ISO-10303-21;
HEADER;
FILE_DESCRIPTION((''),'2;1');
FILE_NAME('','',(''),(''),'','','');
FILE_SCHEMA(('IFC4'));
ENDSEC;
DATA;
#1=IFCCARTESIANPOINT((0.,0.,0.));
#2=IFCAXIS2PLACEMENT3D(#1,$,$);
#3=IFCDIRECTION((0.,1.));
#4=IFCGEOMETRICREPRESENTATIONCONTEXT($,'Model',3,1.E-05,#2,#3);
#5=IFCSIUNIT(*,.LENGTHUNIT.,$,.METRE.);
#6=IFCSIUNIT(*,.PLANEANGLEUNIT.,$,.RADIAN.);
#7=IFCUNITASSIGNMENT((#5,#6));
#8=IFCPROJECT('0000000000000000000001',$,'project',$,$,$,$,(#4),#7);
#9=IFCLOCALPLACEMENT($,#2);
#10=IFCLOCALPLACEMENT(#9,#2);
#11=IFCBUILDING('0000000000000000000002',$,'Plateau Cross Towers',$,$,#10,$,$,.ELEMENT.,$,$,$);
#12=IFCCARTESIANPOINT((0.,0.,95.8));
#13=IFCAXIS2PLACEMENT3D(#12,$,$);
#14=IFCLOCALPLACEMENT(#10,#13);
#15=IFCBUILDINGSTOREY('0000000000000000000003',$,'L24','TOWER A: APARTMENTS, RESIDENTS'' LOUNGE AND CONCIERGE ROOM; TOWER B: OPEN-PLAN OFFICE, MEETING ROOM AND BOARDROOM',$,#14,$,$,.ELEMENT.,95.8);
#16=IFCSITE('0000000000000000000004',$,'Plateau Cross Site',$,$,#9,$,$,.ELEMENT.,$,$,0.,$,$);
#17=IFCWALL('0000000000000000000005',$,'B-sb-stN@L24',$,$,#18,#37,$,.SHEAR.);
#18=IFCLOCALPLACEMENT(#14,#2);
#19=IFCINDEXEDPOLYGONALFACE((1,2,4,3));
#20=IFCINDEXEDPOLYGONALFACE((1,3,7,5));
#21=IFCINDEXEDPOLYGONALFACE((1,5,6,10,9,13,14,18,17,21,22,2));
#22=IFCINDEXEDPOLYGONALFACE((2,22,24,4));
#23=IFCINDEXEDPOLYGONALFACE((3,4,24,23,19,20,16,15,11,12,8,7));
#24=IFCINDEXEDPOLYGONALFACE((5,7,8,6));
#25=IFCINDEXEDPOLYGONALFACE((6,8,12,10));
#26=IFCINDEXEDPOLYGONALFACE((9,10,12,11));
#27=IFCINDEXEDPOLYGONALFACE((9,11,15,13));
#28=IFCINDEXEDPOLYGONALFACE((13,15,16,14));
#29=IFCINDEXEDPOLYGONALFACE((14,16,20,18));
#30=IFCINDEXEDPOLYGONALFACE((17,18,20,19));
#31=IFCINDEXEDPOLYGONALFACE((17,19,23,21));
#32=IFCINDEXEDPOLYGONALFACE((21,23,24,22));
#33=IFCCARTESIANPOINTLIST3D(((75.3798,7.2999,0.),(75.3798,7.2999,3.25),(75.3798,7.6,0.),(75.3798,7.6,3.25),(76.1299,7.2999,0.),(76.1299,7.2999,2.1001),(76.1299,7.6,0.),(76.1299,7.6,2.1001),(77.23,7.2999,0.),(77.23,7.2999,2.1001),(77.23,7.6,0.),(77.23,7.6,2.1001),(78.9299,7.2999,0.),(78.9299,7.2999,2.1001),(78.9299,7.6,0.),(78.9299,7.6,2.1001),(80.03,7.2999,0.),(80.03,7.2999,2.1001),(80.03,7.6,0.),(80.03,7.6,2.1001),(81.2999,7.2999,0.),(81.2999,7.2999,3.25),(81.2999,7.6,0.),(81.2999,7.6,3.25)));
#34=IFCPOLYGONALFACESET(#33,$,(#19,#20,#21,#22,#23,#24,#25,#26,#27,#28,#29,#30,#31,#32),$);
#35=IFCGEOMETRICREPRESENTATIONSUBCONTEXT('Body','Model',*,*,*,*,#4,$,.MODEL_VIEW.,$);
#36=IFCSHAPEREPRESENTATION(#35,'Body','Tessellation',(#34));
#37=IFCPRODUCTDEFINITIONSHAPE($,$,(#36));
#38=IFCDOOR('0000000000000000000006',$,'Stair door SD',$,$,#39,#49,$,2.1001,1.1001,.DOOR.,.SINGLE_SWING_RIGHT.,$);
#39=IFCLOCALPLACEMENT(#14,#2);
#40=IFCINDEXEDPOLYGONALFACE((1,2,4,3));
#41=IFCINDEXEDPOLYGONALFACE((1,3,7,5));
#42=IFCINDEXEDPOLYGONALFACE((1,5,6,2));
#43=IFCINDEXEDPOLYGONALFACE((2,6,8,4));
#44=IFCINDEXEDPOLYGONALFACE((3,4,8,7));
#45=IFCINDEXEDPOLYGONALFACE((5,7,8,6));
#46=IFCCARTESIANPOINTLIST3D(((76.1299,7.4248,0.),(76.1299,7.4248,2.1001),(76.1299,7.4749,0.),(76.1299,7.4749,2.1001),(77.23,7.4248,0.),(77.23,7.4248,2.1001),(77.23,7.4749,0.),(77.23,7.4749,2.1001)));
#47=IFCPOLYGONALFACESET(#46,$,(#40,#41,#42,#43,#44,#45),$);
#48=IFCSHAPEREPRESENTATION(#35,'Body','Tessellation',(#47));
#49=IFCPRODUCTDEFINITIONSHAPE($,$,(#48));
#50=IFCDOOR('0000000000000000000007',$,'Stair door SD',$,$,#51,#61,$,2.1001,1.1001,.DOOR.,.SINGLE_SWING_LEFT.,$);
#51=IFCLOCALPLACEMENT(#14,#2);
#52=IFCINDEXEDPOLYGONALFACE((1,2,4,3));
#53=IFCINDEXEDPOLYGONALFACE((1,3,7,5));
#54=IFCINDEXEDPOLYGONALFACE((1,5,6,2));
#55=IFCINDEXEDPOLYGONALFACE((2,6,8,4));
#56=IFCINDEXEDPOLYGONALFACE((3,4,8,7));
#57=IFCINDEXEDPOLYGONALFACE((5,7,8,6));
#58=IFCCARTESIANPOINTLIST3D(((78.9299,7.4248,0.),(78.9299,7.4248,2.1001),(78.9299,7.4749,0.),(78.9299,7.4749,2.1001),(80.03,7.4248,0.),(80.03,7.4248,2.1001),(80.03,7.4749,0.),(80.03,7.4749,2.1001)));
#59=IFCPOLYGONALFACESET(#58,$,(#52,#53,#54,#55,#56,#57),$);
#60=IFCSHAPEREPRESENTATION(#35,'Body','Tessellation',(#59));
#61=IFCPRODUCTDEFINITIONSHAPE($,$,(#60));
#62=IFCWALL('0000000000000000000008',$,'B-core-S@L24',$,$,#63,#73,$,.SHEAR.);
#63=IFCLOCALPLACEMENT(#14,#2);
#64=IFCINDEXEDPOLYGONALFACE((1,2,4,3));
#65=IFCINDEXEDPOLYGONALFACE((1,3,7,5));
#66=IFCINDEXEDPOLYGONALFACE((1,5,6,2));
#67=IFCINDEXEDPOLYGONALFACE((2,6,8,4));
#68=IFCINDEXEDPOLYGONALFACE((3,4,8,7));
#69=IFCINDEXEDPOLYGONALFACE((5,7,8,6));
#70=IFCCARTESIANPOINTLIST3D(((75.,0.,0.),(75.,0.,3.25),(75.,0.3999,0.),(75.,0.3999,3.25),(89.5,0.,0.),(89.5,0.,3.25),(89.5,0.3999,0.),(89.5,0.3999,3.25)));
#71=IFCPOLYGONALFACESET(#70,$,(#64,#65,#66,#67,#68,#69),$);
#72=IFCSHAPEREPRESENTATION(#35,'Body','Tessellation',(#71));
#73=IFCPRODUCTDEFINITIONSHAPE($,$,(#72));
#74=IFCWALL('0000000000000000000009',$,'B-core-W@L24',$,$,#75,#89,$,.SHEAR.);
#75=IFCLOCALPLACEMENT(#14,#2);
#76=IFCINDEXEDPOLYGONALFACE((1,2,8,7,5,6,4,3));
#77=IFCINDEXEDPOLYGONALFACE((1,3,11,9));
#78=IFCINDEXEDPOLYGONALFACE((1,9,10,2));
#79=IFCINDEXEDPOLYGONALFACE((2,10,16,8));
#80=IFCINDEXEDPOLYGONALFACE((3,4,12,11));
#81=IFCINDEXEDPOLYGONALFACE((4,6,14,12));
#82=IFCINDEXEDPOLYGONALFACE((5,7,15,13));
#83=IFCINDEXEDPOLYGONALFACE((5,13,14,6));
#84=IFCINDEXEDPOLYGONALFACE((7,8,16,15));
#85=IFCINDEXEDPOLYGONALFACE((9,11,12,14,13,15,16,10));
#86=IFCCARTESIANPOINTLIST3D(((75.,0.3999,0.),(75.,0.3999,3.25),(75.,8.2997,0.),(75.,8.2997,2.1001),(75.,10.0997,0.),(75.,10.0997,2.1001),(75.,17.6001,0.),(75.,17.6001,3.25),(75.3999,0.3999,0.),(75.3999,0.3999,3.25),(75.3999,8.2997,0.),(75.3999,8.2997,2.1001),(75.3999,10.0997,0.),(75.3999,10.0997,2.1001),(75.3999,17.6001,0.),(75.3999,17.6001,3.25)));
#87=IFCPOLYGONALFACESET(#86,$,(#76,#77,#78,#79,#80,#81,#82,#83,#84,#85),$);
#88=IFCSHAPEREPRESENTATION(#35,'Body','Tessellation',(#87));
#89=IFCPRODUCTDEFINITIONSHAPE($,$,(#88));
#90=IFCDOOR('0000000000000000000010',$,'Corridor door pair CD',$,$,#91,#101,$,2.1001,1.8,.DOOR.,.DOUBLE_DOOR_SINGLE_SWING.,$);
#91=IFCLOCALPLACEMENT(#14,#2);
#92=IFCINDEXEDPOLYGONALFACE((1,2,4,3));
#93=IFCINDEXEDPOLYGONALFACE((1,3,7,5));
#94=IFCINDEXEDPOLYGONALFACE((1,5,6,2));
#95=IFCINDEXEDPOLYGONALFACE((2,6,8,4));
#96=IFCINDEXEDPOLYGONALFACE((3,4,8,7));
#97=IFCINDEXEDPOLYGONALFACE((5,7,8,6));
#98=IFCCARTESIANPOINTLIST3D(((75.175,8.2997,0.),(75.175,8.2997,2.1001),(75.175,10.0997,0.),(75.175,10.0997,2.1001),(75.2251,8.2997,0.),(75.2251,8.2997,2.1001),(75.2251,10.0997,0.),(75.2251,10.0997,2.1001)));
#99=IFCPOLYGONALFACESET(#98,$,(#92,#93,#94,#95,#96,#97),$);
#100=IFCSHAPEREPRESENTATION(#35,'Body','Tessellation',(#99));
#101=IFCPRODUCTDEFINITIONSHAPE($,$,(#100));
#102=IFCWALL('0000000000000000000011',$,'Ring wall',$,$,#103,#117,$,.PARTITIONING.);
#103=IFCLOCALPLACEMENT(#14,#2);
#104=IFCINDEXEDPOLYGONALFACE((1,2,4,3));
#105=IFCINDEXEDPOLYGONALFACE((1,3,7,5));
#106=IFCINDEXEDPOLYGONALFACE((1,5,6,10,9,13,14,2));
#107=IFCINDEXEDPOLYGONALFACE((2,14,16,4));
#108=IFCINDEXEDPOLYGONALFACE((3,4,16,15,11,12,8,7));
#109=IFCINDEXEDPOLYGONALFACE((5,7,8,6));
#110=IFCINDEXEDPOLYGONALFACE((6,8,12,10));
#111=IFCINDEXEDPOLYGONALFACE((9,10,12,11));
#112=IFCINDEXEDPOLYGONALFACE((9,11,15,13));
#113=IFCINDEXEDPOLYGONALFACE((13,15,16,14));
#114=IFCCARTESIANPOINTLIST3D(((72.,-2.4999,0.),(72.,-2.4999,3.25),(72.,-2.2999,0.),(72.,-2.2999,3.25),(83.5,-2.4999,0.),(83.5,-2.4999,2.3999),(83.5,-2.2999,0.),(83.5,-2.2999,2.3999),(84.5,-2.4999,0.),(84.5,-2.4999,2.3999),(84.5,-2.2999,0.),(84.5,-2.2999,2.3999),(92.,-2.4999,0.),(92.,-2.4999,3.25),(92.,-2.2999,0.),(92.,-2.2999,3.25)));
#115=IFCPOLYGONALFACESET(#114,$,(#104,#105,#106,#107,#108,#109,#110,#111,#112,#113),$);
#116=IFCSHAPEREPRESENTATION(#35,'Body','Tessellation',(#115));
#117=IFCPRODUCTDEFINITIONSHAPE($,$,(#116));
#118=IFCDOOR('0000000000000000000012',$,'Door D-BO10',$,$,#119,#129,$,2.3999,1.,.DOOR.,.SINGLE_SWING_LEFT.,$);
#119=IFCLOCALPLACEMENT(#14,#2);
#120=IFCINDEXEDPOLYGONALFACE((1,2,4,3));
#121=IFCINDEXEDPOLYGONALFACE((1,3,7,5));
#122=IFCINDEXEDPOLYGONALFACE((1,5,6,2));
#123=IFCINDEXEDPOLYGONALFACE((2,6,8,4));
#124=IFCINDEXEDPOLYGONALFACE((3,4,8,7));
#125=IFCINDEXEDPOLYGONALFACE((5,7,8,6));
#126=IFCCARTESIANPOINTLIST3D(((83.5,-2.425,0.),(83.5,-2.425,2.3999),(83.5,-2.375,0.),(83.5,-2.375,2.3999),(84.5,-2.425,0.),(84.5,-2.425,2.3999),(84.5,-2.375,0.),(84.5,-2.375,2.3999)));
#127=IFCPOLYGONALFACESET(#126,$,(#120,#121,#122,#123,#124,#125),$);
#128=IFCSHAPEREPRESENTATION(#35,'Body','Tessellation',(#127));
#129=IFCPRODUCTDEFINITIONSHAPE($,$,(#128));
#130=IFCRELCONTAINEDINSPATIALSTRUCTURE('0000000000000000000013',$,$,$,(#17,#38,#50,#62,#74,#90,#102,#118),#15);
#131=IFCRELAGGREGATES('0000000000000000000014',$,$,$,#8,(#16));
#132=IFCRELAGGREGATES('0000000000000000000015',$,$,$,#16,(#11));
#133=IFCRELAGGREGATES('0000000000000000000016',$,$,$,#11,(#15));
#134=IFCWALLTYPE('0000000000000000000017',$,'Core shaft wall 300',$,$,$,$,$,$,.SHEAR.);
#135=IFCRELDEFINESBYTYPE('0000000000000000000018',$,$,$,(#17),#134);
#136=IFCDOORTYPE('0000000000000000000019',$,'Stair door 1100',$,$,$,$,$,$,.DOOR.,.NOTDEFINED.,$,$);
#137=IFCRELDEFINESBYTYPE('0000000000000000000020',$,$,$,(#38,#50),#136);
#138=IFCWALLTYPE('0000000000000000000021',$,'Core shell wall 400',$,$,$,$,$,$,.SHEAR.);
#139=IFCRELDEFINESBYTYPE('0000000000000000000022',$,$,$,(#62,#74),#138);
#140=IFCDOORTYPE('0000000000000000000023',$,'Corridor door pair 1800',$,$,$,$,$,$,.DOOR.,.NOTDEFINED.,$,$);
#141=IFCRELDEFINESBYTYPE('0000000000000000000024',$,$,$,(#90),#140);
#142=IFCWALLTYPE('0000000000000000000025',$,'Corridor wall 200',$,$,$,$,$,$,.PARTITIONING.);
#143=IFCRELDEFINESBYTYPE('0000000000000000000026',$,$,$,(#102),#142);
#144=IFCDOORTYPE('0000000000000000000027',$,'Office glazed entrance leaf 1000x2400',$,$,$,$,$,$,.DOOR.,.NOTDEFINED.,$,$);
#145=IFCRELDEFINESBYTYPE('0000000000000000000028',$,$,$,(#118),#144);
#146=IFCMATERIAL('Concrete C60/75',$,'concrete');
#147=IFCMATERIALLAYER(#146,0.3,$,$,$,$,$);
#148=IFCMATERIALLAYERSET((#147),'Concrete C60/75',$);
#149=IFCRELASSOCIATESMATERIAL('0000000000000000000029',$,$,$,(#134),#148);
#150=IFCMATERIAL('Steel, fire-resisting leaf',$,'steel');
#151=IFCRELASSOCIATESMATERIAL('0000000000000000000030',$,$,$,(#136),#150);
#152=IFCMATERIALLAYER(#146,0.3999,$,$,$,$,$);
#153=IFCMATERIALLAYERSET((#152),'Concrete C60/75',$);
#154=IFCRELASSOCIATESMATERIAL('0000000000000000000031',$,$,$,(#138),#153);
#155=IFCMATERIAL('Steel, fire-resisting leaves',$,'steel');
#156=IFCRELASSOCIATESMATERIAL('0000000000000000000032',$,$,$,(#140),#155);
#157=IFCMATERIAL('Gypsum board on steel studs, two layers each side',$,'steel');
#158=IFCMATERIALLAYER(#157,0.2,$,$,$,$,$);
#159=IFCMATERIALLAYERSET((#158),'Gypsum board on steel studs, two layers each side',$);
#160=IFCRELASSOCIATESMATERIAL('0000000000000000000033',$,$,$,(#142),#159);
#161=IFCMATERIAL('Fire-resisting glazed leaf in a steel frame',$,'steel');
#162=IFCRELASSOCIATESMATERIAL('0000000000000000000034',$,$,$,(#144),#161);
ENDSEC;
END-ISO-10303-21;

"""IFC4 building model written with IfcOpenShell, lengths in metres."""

from ifc_helpers import new_model, si_unit, direction, frame, frame_2d, origin, place, context, subcontext, project, spatial, rectangle, extrude, material, layer, layer_set, type_object, element, fill, save


model = new_model("IFC4")

# Units and contexts
model_context = context("Model", 3, precision=1e-05, world=origin(), true_north=direction((0.0, 1.0)))
body_context = subcontext(model_context, "Body", "Model", "MODEL_VIEW")
ifc_project = project(units=[si_unit("LENGTHUNIT", "METRE"), si_unit("PLANEANGLEUNIT", "RADIAN")], contexts=[model_context])

# Site, building, storey
site_placement = place(None, origin())
site = spatial("IfcSite", under=ifc_project, at=site_placement, Name="Plateau Cross Site", CompositionType="ELEMENT", RefElevation=0.0)
building_placement = place(site_placement, origin())
building = spatial("IfcBuilding", under=site, at=building_placement, Name="Plateau Cross Towers", CompositionType="ELEMENT")
storey_placement = place(building_placement, frame((0.0, 0.0, 95.8)))
storey = spatial("IfcBuildingStorey", under=building, at=storey_placement, Name="L24", Description="TOWER A: APARTMENTS, RESIDENTS' LOUNGE AND CONCIERGE ROOM; TOWER B: OPEN-PLAN OFFICE, MEETING ROOM AND BOARDROOM", CompositionType="ELEMENT", Elevation=95.8)

# Shared definitions
ifc_material_1 = material(Name="Concrete C60/75", Category="concrete")

# Shared definitions
ifc_layer_1 = layer(ifc_material_1, 0.3)
ifc_layer_set_1 = layer_set([ifc_layer_1], Name="Concrete C60/75")
wall_type_1 = type_object("IfcWallType", Name="Core shaft wall 300", PredefinedType="SHEAR", material=ifc_layer_set_1)

# Wall, openings, doors
wall_1_placement = place(storey_placement, frame((75.3799, 7.45, 0.0), z_axis=(0.0, 0.0, 1.0), x_axis=(1.0, 0.0, 0.0)))
wall_1 = element("IfcWall", 1, at=wall_1_placement, inside=storey, type_object=wall_type_1, Name="B-sb-stN@L24", PredefinedType="SHEAR", context=body_context, shape_type="SweptSolid", body=[
    extrude(rectangle(XDim=5.9202, YDim=0.3, at=frame_2d((2.96, 0.0))), origin(), (0.0, 0.0, 1.0), 3.25),
])
opening_1_placement = place(wall_1_placement, frame((0.75, 0.0, 0.0)))
opening_1 = element("IfcOpeningElement", 2, at=opening_1_placement, cuts=wall_1, PredefinedType="OPENING", context=body_context, shape_type="SweptSolid", body=[
    extrude(rectangle(XDim=1.1001, YDim=2.1001, at=frame_2d((0.55, 1.05))), frame((0.0, 0.1599, 0.0), z_axis=(0.0, -1.0, 0.0), x_axis=(1.0, 0.0, 0.0)), (0.0, 0.0, 1.0), 0.3201),
])
opening_2_placement = place(wall_1_placement, frame((3.55, 0.0, 0.0)))
opening_2 = element("IfcOpeningElement", 3, at=opening_2_placement, cuts=wall_1, PredefinedType="OPENING", context=body_context, shape_type="SweptSolid", body=[
    extrude(rectangle(XDim=1.1001, YDim=2.1001, at=frame_2d((0.55, 1.05))), frame((0.0, 0.1599, 0.0), z_axis=(0.0, -1.0, 0.0), x_axis=(1.0, 0.0, 0.0)), (0.0, 0.0, 1.0), 0.3201),
])
ifc_material_2 = material(Name="Steel, fire-resisting leaf", Category="steel")
door_type_1 = type_object("IfcDoorType", Name="Stair door 1100", OperationType="NOTDEFINED", PredefinedType="DOOR", material=ifc_material_2)
door_1_placement = place(opening_1_placement, origin())
door_1 = element("IfcDoor", 4, at=door_1_placement, inside=storey, type_object=door_type_1, Name="Stair door SD", OperationType="SINGLE_SWING_RIGHT", OverallHeight=2.1001, OverallWidth=1.1001, PredefinedType="DOOR", context=body_context, shape_type="SweptSolid", body=[
    extrude(rectangle(XDim=1.1001, YDim=2.1001, at=frame_2d((0.55, 1.05))), frame((0.0, 0.0249, 0.0), z_axis=(0.0, -1.0, 0.0), x_axis=(1.0, 0.0, 0.0)), (0.0, 0.0, 1.0), 0.05),
])
fill(opening_1, door_1)
door_2_placement = place(opening_2_placement, origin())
door_2 = element("IfcDoor", 5, at=door_2_placement, inside=storey, type_object=door_type_1, Name="Stair door SD", OperationType="SINGLE_SWING_LEFT", OverallHeight=2.1001, OverallWidth=1.1001, PredefinedType="DOOR", context=body_context, shape_type="SweptSolid", body=[
    extrude(rectangle(XDim=1.1001, YDim=2.1001, at=frame_2d((0.55, 1.05))), frame((0.0, 0.0249, 0.0), z_axis=(0.0, -1.0, 0.0), x_axis=(1.0, 0.0, 0.0)), (0.0, 0.0, 1.0), 0.05),
])
fill(opening_2, door_2)

# Wall
ifc_layer_2 = layer(ifc_material_1, 0.3999)
ifc_layer_set_2 = layer_set([ifc_layer_2], Name="Concrete C60/75")
wall_type_2 = type_object("IfcWallType", Name="Core shell wall 400", PredefinedType="SHEAR", material=ifc_layer_set_2)
wall_2_placement = place(storey_placement, frame((75.0, 0.2, 0.0), z_axis=(0.0, 0.0, 1.0), x_axis=(1.0, 0.0, 0.0)))
element("IfcWall", 6, at=wall_2_placement, inside=storey, type_object=wall_type_2, Name="B-core-S@L24", PredefinedType="SHEAR", context=body_context, shape_type="SweptSolid", body=[
    extrude(rectangle(XDim=14.5, YDim=0.3999, at=frame_2d((7.25, 0.0))), origin(), (0.0, 0.0, 1.0), 3.25),
])

# Walls, openings, doors
wall_3_placement = place(storey_placement, frame((75.2, 0.3999, 0.0), z_axis=(0.0, 0.0, 1.0), x_axis=(0.0, 1.0, 0.0)))
wall_3 = element("IfcWall", 7, at=wall_3_placement, inside=storey, type_object=wall_type_2, Name="B-core-W@L24", PredefinedType="SHEAR", context=body_context, shape_type="SweptSolid", body=[
    extrude(rectangle(XDim=17.2002, YDim=0.3999, at=frame_2d((8.6001, 0.0))), origin(), (0.0, 0.0, 1.0), 3.25),
])
opening_3_placement = place(wall_3_placement, frame((7.8999, 0.0, 0.0)))
opening_3 = element("IfcOpeningElement", 8, at=opening_3_placement, cuts=wall_3, PredefinedType="OPENING", context=body_context, shape_type="SweptSolid", body=[
    extrude(rectangle(XDim=1.8, YDim=2.1001, at=frame_2d((0.8999, 1.05))), frame((0.0, 0.21, 0.0), z_axis=(0.0, -1.0, 0.0), x_axis=(1.0, 0.0, 0.0)), (0.0, 0.0, 1.0), 0.4199),
])
ifc_material_3 = material(Name="Steel, fire-resisting leaves", Category="steel")
door_type_2 = type_object("IfcDoorType", Name="Corridor door pair 1800", OperationType="NOTDEFINED", PredefinedType="DOOR", material=ifc_material_3)
door_3_placement = place(opening_3_placement, origin())
door_3 = element("IfcDoor", 9, at=door_3_placement, inside=storey, type_object=door_type_2, Name="Corridor door pair CD", OperationType="DOUBLE_DOOR_SINGLE_SWING", OverallHeight=2.1001, OverallWidth=1.8, PredefinedType="DOOR", context=body_context, shape_type="SweptSolid", body=[
    extrude(rectangle(XDim=1.8, YDim=2.1001, at=frame_2d((0.8999, 1.05))), frame((0.0, 0.0249, 0.0), z_axis=(0.0, -1.0, 0.0), x_axis=(1.0, 0.0, 0.0)), (0.0, 0.0, 1.0), 0.05),
])
fill(opening_3, door_3)
ifc_material_4 = material(Name="Gypsum board on steel studs, two layers each side", Category="steel")
ifc_layer_3 = layer(ifc_material_4, 0.2)
ifc_layer_set_3 = layer_set([ifc_layer_3], Name="Gypsum board on steel studs, two layers each side")
wall_type_3 = type_object("IfcWallType", Name="Corridor wall 200", PredefinedType="PARTITIONING", material=ifc_layer_set_3)
wall_4_placement = place(storey_placement, frame((72.0, -2.3999, 0.0), z_axis=(0.0, 0.0, 1.0), x_axis=(1.0, 0.0, 0.0)))
wall_4 = element("IfcWall", 10, at=wall_4_placement, inside=storey, type_object=wall_type_3, Name="Ring wall", PredefinedType="PARTITIONING", context=body_context, shape_type="SweptSolid", body=[
    extrude(rectangle(XDim=20.0, YDim=0.2, at=frame_2d((10.0, 0.0))), origin(), (0.0, 0.0, 1.0), 3.25),
])
opening_4_placement = place(wall_4_placement, frame((11.5, 0.0, 0.0)))
opening_4 = element("IfcOpeningElement", 11, at=opening_4_placement, cuts=wall_4, PredefinedType="OPENING", context=body_context, shape_type="SweptSolid", body=[
    extrude(rectangle(XDim=1.0, YDim=2.3999, at=frame_2d((0.5, 1.2))), frame((0.0, 0.1099, 0.0), z_axis=(0.0, -1.0, 0.0), x_axis=(1.0, 0.0, 0.0)), (0.0, 0.0, 1.0), 0.22),
])
ifc_material_5 = material(Name="Fire-resisting glazed leaf in a steel frame", Category="steel")
door_type_3 = type_object("IfcDoorType", Name="Office glazed entrance leaf 1000x2400", OperationType="NOTDEFINED", PredefinedType="DOOR", material=ifc_material_5)
door_4_placement = place(opening_4_placement, origin())
door_4 = element("IfcDoor", 12, at=door_4_placement, inside=storey, type_object=door_type_3, Name="Door D-BO10", OperationType="SINGLE_SWING_LEFT", OverallHeight=2.3999, OverallWidth=1.0, PredefinedType="DOOR", context=body_context, shape_type="SweptSolid", body=[
    extrude(rectangle(XDim=1.0, YDim=2.3999, at=frame_2d((0.5, 1.2))), frame((0.0, 0.0249, 0.0), z_axis=(0.0, -1.0, 0.0), x_axis=(1.0, 0.0, 0.0)), (0.0, 0.0, 1.0), 0.05),
])
fill(opening_4, door_4)

save(model, "model.ifc")
